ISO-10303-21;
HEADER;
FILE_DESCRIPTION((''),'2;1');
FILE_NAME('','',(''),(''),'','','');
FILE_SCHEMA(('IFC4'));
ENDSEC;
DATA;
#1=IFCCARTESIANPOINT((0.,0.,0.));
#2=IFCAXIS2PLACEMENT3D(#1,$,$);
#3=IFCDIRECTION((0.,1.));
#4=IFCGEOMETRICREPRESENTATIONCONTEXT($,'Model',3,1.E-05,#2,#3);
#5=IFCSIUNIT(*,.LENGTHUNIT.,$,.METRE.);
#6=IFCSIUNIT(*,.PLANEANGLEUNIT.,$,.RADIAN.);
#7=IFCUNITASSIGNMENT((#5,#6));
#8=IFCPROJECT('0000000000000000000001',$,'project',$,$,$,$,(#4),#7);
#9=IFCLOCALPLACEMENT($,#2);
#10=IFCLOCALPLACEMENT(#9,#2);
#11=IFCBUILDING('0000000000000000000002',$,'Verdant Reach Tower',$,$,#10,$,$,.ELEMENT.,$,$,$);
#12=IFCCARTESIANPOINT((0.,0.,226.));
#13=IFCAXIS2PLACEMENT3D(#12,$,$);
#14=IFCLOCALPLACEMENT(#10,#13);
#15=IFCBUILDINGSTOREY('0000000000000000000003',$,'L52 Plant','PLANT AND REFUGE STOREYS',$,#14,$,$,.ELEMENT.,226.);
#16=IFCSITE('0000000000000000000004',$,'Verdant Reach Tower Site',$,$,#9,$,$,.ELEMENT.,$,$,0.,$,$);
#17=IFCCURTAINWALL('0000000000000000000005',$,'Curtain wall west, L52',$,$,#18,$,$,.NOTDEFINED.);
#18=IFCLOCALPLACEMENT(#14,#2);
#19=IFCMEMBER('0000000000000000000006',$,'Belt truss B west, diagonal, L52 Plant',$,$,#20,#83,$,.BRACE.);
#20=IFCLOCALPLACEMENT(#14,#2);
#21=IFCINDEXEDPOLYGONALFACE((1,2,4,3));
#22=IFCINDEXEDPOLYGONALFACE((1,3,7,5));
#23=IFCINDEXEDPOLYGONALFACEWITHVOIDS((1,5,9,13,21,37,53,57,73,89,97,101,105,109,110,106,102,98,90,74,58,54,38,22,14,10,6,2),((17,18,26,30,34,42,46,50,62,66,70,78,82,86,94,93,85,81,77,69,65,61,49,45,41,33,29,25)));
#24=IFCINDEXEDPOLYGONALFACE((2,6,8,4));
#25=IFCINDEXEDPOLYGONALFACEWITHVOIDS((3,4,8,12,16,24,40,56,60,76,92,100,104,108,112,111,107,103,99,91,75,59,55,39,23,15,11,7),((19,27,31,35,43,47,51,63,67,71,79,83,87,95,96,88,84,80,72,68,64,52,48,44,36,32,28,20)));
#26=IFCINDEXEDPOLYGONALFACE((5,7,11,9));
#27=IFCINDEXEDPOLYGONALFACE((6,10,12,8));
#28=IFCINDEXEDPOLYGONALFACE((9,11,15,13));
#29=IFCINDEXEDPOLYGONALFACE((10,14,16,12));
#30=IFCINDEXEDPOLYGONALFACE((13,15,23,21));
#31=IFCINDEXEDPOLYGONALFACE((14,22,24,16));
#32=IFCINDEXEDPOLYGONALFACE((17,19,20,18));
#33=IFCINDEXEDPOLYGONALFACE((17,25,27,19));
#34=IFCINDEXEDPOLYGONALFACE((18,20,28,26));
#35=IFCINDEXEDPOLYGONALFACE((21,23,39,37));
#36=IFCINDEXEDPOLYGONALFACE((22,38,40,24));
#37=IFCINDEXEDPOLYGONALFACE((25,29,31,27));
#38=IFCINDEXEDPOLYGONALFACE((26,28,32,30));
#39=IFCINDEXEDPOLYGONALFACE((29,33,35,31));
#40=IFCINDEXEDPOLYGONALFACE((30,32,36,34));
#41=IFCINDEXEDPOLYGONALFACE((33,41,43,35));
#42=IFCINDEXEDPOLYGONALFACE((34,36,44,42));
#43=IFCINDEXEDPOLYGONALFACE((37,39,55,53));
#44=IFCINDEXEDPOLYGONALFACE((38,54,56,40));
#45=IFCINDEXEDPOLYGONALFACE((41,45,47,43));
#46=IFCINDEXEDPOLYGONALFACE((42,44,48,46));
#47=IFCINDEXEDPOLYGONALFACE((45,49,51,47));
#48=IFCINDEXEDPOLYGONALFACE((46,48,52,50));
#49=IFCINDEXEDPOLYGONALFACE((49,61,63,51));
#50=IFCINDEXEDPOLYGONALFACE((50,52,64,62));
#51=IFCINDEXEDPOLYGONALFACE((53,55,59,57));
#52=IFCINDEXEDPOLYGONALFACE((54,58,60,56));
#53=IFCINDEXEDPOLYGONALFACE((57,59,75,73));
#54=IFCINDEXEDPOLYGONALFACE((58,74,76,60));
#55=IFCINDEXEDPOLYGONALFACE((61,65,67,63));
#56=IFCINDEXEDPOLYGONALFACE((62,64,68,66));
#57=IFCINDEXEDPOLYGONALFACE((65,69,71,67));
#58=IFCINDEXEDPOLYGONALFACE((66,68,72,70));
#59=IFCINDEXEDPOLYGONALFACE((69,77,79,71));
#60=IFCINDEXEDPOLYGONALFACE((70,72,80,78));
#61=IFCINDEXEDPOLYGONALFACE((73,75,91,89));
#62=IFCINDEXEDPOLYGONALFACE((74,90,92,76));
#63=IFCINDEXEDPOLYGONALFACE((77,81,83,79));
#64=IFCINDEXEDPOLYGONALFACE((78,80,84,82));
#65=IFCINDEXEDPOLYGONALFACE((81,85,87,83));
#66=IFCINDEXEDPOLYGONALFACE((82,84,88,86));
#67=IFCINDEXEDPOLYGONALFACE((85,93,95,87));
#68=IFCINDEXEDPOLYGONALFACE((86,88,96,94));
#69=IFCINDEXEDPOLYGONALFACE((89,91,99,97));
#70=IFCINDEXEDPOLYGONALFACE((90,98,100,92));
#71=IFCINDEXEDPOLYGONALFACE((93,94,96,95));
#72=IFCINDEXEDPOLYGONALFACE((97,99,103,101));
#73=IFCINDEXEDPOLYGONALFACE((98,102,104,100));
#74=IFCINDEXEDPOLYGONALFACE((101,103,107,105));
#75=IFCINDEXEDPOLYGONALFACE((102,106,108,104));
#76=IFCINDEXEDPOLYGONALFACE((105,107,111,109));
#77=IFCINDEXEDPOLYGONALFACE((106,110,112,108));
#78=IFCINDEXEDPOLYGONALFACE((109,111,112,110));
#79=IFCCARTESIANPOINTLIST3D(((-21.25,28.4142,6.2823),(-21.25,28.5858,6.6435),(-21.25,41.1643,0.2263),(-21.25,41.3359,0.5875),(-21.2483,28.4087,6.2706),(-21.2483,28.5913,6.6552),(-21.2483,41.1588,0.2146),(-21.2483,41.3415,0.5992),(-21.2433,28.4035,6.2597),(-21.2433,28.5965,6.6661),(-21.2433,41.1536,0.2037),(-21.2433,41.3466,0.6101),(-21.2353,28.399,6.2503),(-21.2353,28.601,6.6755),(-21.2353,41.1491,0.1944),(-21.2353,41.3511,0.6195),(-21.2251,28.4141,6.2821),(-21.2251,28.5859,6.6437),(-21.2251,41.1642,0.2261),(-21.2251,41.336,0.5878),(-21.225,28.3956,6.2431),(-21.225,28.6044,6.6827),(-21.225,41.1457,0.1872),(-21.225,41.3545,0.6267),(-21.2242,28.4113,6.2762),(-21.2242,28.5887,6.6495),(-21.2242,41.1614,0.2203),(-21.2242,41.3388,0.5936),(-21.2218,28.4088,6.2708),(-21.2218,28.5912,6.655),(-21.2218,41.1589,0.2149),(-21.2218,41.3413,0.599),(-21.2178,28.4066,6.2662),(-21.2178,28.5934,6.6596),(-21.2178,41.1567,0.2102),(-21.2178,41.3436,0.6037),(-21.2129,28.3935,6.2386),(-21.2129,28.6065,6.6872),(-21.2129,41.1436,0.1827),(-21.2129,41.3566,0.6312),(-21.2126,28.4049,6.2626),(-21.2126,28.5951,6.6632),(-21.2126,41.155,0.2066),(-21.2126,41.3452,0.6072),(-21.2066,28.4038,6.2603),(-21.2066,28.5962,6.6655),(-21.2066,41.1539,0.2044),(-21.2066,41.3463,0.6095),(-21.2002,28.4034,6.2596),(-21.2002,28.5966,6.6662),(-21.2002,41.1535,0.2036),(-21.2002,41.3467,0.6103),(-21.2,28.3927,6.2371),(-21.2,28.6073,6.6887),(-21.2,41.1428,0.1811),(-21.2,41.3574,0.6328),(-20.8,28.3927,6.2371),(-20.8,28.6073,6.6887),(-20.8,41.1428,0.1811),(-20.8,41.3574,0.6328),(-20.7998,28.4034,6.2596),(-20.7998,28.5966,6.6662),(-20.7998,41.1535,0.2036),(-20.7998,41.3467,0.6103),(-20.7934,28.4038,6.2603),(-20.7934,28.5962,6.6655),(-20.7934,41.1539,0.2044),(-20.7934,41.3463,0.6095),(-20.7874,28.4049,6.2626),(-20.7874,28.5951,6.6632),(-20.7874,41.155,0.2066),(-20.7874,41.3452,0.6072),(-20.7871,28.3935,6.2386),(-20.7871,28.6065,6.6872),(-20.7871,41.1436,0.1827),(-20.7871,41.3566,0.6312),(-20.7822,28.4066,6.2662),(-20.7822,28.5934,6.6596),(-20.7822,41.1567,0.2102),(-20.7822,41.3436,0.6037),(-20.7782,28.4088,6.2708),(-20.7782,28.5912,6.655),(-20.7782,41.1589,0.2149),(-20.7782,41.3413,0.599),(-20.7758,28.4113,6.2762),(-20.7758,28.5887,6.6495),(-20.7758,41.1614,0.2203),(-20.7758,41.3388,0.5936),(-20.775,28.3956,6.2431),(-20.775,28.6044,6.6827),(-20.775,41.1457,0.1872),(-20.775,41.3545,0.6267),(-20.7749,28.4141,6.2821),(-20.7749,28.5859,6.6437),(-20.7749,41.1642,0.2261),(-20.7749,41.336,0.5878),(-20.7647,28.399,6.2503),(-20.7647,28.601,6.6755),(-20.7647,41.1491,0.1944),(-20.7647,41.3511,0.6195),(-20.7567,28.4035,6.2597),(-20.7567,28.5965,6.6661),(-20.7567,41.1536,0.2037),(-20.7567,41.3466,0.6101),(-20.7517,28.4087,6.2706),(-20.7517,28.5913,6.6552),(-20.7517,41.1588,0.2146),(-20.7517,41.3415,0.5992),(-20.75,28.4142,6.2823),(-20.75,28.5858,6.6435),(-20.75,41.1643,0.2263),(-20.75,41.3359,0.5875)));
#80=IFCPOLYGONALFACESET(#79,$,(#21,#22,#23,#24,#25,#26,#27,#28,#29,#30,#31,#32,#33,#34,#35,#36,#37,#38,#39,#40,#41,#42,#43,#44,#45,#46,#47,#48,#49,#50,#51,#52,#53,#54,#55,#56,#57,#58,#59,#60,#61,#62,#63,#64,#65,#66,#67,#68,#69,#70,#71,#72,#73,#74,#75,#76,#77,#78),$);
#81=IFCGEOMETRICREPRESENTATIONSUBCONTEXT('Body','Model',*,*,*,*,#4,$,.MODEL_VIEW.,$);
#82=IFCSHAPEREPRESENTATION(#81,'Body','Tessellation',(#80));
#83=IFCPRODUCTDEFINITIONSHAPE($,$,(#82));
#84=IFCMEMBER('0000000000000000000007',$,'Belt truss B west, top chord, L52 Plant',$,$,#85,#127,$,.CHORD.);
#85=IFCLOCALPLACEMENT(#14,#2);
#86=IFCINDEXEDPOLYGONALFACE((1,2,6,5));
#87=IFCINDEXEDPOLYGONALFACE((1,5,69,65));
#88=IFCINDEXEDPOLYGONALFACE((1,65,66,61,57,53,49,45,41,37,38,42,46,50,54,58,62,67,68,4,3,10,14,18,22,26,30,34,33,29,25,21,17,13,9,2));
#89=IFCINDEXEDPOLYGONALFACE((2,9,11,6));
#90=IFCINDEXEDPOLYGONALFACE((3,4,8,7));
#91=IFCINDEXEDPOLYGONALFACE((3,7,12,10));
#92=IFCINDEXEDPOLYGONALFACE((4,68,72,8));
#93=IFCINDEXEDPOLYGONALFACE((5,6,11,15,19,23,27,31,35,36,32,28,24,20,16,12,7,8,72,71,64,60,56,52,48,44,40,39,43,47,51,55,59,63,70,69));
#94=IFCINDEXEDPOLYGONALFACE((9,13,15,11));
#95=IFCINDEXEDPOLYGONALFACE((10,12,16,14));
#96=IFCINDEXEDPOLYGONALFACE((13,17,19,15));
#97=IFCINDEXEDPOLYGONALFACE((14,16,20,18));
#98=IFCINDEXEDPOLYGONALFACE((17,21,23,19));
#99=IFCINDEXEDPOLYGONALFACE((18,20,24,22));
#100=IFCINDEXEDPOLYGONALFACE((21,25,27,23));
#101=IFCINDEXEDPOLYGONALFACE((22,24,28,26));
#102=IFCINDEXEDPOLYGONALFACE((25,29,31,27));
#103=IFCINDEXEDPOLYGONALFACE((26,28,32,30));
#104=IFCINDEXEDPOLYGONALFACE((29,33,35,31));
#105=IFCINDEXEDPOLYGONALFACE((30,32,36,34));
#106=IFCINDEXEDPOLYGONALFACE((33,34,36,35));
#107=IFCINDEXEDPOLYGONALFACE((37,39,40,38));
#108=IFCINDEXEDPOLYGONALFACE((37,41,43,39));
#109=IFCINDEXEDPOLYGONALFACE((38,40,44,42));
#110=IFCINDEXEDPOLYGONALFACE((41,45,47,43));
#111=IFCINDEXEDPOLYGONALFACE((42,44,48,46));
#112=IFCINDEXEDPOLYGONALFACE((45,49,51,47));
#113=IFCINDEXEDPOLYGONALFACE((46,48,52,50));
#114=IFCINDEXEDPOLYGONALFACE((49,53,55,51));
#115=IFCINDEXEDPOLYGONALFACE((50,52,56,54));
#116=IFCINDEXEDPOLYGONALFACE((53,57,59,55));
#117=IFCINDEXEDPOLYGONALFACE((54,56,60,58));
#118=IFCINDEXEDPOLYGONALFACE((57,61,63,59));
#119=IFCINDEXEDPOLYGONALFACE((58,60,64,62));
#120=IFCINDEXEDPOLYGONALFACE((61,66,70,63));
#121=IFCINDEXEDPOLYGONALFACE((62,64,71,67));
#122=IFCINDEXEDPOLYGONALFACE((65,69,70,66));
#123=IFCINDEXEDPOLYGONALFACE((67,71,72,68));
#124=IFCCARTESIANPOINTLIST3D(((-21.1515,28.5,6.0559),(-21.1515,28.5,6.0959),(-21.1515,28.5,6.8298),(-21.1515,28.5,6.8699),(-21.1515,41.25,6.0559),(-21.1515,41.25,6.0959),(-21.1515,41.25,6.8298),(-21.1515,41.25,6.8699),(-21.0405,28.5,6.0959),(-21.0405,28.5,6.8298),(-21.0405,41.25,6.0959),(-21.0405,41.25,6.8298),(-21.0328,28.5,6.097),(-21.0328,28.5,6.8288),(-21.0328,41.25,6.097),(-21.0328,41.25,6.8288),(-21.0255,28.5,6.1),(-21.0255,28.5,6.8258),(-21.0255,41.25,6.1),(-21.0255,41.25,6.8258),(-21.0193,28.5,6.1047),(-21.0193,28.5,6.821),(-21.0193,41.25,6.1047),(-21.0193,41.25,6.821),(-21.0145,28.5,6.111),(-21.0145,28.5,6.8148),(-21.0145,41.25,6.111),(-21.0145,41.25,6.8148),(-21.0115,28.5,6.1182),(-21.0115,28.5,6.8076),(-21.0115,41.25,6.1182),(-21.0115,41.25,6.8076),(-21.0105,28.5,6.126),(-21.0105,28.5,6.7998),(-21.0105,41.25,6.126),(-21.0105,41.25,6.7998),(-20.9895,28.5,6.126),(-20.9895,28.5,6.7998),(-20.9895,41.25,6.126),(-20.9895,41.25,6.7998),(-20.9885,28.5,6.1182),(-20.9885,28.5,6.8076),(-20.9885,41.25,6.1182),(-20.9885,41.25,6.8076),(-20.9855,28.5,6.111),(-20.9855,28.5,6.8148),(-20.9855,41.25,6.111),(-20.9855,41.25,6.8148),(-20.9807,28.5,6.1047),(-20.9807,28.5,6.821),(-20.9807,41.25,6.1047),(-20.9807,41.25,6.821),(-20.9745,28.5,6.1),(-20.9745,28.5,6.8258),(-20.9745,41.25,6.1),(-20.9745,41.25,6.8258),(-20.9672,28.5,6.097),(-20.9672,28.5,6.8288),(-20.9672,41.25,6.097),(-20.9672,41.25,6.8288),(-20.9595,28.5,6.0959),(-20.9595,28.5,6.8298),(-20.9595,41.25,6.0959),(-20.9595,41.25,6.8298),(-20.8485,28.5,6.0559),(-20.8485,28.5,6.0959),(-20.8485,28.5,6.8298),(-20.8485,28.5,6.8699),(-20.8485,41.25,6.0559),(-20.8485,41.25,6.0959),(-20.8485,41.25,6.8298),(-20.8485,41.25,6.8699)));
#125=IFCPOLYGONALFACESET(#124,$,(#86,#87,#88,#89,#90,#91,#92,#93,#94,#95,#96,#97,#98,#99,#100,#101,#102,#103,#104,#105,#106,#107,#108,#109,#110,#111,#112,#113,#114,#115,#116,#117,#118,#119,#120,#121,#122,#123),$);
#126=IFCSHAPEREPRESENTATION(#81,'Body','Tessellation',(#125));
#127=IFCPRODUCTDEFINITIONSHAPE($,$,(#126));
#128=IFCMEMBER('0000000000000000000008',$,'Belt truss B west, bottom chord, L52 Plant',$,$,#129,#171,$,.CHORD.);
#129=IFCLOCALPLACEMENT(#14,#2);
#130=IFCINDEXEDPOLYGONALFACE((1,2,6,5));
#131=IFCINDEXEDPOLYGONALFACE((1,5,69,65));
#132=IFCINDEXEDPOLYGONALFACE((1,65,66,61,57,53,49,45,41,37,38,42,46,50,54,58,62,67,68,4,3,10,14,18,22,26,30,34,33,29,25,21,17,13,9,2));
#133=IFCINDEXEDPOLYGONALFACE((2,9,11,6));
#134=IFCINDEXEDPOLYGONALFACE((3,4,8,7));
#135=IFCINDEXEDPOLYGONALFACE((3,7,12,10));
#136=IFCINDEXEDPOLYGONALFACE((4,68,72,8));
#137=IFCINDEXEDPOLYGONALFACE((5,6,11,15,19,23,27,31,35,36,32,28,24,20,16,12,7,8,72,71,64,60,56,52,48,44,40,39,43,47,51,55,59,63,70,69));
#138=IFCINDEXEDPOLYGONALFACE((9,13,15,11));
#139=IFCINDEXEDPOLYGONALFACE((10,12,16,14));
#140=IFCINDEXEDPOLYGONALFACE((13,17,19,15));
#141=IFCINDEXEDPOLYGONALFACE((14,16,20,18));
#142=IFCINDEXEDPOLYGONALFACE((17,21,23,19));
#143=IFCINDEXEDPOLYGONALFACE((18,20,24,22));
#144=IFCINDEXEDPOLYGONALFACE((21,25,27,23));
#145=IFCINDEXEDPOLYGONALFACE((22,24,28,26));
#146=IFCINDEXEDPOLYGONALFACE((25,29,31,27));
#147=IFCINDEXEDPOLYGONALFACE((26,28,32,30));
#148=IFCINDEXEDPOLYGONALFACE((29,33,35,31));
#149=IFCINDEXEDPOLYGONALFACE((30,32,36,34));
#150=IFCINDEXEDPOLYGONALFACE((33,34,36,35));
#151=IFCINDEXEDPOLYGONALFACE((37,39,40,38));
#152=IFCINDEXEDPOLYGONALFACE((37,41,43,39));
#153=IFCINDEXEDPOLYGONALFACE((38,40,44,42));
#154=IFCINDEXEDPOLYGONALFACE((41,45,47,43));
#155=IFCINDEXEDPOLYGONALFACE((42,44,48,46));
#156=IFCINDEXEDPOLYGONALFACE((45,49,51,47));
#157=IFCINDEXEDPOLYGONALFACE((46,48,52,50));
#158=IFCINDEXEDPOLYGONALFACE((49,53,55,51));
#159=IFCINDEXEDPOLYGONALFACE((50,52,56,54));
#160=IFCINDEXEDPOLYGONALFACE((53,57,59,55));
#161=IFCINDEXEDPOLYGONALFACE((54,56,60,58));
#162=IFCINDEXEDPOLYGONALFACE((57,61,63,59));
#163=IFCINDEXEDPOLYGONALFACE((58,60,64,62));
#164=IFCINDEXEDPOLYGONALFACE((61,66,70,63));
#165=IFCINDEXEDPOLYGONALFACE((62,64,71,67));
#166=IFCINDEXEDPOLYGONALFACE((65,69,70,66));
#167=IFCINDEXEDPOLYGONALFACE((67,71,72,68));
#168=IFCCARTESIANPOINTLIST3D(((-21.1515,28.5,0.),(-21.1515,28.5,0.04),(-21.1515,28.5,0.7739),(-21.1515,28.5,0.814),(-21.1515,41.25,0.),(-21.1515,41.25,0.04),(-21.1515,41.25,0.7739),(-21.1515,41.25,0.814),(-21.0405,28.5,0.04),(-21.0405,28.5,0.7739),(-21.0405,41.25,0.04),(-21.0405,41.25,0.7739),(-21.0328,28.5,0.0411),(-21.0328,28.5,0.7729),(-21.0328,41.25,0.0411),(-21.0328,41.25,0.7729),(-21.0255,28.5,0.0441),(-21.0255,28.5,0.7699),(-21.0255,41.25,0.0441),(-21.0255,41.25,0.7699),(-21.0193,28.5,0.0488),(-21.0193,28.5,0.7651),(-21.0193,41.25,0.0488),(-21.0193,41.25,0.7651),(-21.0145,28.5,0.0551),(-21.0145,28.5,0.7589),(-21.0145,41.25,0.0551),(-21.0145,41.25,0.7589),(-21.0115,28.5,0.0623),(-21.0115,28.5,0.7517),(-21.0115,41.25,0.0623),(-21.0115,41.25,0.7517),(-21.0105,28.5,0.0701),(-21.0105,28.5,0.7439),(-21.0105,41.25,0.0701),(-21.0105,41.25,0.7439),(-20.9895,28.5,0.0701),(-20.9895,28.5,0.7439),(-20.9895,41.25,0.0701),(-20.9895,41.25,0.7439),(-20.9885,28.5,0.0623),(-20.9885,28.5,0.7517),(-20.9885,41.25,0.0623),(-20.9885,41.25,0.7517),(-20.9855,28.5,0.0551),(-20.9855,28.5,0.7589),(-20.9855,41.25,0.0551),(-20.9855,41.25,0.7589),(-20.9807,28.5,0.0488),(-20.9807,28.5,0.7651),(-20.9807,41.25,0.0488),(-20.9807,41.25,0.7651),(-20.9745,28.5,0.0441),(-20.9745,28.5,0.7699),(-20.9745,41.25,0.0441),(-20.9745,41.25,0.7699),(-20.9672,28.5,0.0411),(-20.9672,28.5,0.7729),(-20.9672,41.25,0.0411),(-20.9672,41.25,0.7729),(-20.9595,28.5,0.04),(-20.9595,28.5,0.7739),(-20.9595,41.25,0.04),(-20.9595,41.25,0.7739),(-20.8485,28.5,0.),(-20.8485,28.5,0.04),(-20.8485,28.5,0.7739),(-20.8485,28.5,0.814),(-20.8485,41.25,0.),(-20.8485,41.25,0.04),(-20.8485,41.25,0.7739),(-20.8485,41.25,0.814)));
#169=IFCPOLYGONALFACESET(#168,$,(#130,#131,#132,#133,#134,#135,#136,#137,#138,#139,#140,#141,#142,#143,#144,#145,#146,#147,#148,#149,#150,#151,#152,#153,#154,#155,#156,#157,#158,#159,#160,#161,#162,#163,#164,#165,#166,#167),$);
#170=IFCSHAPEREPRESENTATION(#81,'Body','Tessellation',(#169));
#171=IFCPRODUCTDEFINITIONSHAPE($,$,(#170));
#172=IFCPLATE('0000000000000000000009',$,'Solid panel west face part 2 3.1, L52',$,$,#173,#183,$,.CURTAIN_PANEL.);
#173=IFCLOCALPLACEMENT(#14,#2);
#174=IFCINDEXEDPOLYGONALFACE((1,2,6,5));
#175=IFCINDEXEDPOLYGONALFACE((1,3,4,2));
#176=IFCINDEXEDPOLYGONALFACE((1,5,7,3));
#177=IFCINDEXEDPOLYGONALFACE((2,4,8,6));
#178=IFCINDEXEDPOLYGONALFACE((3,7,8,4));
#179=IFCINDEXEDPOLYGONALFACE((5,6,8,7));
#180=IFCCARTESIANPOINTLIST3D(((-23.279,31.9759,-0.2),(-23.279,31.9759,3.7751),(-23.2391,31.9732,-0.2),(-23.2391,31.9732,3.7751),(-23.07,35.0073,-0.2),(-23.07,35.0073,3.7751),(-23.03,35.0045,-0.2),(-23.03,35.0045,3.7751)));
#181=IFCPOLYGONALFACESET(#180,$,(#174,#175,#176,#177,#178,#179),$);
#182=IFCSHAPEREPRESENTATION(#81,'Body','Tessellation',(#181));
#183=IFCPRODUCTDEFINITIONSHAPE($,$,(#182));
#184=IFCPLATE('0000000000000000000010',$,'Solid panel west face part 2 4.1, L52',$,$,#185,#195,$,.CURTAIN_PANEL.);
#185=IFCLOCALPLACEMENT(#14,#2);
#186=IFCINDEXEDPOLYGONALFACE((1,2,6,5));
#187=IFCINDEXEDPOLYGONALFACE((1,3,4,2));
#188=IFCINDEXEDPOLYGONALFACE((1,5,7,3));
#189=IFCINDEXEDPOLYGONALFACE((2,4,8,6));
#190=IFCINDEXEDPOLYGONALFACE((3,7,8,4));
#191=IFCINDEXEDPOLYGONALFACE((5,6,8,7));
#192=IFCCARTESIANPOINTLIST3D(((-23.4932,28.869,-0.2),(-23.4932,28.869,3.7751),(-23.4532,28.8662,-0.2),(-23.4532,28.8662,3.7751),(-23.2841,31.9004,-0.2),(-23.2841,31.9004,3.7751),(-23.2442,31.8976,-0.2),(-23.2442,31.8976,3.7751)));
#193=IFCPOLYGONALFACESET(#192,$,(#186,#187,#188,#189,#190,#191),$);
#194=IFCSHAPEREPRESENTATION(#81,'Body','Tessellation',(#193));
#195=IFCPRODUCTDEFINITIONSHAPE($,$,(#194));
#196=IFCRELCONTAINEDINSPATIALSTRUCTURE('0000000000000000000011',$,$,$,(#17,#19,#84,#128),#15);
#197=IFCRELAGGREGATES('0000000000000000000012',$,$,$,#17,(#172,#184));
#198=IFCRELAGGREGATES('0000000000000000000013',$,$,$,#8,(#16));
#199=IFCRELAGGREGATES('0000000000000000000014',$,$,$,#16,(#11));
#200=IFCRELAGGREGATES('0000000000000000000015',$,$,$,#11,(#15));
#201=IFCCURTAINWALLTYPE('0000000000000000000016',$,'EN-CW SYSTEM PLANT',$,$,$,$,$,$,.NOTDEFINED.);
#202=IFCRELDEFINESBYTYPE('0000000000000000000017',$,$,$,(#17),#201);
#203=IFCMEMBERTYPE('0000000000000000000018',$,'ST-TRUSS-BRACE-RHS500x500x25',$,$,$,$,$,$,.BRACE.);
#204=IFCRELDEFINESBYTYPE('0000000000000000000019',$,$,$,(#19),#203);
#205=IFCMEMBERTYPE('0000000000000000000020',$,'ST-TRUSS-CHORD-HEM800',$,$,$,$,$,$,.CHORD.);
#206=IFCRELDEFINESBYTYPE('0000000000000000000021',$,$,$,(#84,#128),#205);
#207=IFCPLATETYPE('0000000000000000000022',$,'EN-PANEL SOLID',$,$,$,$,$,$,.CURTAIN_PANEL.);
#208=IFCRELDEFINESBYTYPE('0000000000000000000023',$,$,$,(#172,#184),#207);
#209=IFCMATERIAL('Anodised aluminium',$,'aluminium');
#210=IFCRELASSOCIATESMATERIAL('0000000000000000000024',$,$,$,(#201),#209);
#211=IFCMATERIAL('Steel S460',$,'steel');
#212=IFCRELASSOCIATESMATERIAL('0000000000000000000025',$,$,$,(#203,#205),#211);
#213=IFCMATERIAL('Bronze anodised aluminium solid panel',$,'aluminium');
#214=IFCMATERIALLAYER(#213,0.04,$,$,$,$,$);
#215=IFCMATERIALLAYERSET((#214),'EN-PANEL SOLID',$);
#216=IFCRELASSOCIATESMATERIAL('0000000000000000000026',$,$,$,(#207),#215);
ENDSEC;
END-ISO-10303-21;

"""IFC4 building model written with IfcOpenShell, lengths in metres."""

from ifc_helpers import new_model, si_unit, direction, frame, origin, origin_2d, place, context, subcontext, project, spatial, rectangle, hollow_rectangle, i_section, extrude, material, layer, layer_set, material_profile, profile_set, type_object, element, aggregate, save


model = new_model("IFC4")

# Units and contexts
model_context = context("Model", 3, precision=1e-05, world=origin(), true_north=direction((0.0, 1.0)))
body_context = subcontext(model_context, "Body", "Model", "MODEL_VIEW")
ifc_project = project(units=[si_unit("LENGTHUNIT", "METRE"), si_unit("PLANEANGLEUNIT", "RADIAN")], contexts=[model_context])

# Site, building, storey
site_placement = place(None, origin())
site = spatial("IfcSite", under=ifc_project, at=site_placement, Name="Verdant Reach Tower Site", CompositionType="ELEMENT", RefElevation=0.0)
building_placement = place(site_placement, origin())
building = spatial("IfcBuilding", under=site, at=building_placement, Name="Verdant Reach Tower", CompositionType="ELEMENT")
storey_placement = place(building_placement, frame((0.0, 0.0, 226.0)))
storey = spatial("IfcBuildingStorey", under=building, at=storey_placement, Name="L52 Plant", Description="PLANT AND REFUGE STOREYS", CompositionType="ELEMENT", Elevation=226.0)

# Shared definitions
ifc_material_1 = material(Name="Steel S460", Category="steel")

# Curtain wall
ifc_material_2 = material(Name="Anodised aluminium", Category="aluminium")
curtain_wall_type = type_object("IfcCurtainWallType", Name="EN-CW SYSTEM PLANT", PredefinedType="NOTDEFINED", material=ifc_material_2)
curtain_wall_1_placement = place(storey_placement, origin())
curtain_wall_1 = element("IfcCurtainWall", 1, at=curtain_wall_1_placement, inside=storey, type_object=curtain_wall_type, Name="Curtain wall west, L52", PredefinedType="NOTDEFINED")

# Members
ifc_material_profile_1 = material_profile(ifc_material_1, hollow_rectangle(XDim=0.5, YDim=0.5, WallThickness=0.0249, InnerFilletRadius=0.0249, OuterFilletRadius=0.05, at=origin_2d()), Name="RHS 500x500x25")
ifc_profile_set_1 = profile_set([ifc_material_profile_1], Name="Steel S460")
member_type_1 = type_object("IfcMemberType", Name="ST-TRUSS-BRACE-RHS500x500x25", PredefinedType="BRACE", material=ifc_profile_set_1)
member_1_placement = place(storey_placement, frame((-21.0, 28.5, 6.4629), z_axis=(0.0, 0.903287, -0.429037), x_axis=(-1.0, 0.0, 0.0)))
element("IfcMember", 2, at=member_1_placement, inside=storey, type_object=member_type_1, Name="Belt truss B west, diagonal, L52 Plant", PredefinedType="BRACE", context=body_context, shape_type="SweptSolid", body=[
    extrude(hollow_rectangle(XDim=0.5, YDim=0.5, WallThickness=0.0249, InnerFilletRadius=0.0249, OuterFilletRadius=0.05, at=origin_2d()), origin(), (0.0, 0.0, 1.0), 14.1152),
])
ifc_material_profile_2 = material_profile(ifc_material_1, i_section(OverallWidth=0.303, OverallDepth=0.814, WebThickness=0.021, FlangeThickness=0.04, FilletRadius=0.03, at=origin_2d()), Name="HEM 800")
ifc_profile_set_2 = profile_set([ifc_material_profile_2], Name="Steel S460")
member_type_2 = type_object("IfcMemberType", Name="ST-TRUSS-CHORD-HEM800", PredefinedType="CHORD", material=ifc_profile_set_2)
for number, where, z_axis, x_axis, name in (
    (3, (-21.0, 28.5, 6.4629), (0.0, 1.0, 0.0), (-1.0, 0.0, 0.0), "Belt truss B west, top chord, L52 Plant"),
    (4, (-21.0, 28.5, 0.407), (0.0, 1.0, 0.0), (-1.0, 0.0, 0.0), "Belt truss B west, bottom chord, L52 Plant"),
):
    element("IfcMember", number, at=place(storey_placement, frame(where, z_axis=z_axis, x_axis=x_axis)), inside=storey, type_object=member_type_2, Name=name, PredefinedType="CHORD", context=body_context, shape_type="SweptSolid", body=[
        extrude(i_section(OverallWidth=0.303, OverallDepth=0.814, WebThickness=0.021, FlangeThickness=0.04, FilletRadius=0.03, at=origin_2d()), origin(), (0.0, 0.0, 1.0), 12.75),
    ])

# Plates
ifc_material_3 = material(Name="Bronze anodised aluminium solid panel", Category="aluminium")
ifc_layer_1 = layer(ifc_material_3, 0.04)
ifc_layer_set_1 = layer_set([ifc_layer_1], Name="EN-PANEL SOLID")
plate_type_1 = type_object("IfcPlateType", Name="EN-PANEL SOLID", PredefinedType="CURTAIN_PANEL", material=ifc_layer_set_1)
plate_1_placement = place(storey_placement, frame((-23.1545, 33.4902, -0.2), z_axis=(0.0, 0.0, 1.0), x_axis=(-0.068802, -0.99763, 0.0)))
plate_1 = element("IfcPlate", 5, at=plate_1_placement, type_object=plate_type_1, Name="Solid panel west face part 2 3.1, L52", PredefinedType="CURTAIN_PANEL", context=body_context, shape_type="SweptSolid", body=[
    extrude(rectangle(XDim=3.0386, YDim=0.04, at=origin_2d()), origin(), (0.0, 0.0, 1.0), 3.9751),
])
plate_2_placement = place(storey_placement, frame((-23.3687, 30.3833, -0.2), z_axis=(0.0, 0.0, 1.0), x_axis=(-0.068802, -0.99763, 0.0)))
plate_2 = element("IfcPlate", 6, at=plate_2_placement, type_object=plate_type_1, Name="Solid panel west face part 2 4.1, L52", PredefinedType="CURTAIN_PANEL", context=body_context, shape_type="SweptSolid", body=[
    extrude(rectangle(XDim=3.0386, YDim=0.04, at=origin_2d()), origin(), (0.0, 0.0, 1.0), 3.9751),
])

aggregate(curtain_wall_1, [plate_1, plate_2])

save(model, "model.ifc")
